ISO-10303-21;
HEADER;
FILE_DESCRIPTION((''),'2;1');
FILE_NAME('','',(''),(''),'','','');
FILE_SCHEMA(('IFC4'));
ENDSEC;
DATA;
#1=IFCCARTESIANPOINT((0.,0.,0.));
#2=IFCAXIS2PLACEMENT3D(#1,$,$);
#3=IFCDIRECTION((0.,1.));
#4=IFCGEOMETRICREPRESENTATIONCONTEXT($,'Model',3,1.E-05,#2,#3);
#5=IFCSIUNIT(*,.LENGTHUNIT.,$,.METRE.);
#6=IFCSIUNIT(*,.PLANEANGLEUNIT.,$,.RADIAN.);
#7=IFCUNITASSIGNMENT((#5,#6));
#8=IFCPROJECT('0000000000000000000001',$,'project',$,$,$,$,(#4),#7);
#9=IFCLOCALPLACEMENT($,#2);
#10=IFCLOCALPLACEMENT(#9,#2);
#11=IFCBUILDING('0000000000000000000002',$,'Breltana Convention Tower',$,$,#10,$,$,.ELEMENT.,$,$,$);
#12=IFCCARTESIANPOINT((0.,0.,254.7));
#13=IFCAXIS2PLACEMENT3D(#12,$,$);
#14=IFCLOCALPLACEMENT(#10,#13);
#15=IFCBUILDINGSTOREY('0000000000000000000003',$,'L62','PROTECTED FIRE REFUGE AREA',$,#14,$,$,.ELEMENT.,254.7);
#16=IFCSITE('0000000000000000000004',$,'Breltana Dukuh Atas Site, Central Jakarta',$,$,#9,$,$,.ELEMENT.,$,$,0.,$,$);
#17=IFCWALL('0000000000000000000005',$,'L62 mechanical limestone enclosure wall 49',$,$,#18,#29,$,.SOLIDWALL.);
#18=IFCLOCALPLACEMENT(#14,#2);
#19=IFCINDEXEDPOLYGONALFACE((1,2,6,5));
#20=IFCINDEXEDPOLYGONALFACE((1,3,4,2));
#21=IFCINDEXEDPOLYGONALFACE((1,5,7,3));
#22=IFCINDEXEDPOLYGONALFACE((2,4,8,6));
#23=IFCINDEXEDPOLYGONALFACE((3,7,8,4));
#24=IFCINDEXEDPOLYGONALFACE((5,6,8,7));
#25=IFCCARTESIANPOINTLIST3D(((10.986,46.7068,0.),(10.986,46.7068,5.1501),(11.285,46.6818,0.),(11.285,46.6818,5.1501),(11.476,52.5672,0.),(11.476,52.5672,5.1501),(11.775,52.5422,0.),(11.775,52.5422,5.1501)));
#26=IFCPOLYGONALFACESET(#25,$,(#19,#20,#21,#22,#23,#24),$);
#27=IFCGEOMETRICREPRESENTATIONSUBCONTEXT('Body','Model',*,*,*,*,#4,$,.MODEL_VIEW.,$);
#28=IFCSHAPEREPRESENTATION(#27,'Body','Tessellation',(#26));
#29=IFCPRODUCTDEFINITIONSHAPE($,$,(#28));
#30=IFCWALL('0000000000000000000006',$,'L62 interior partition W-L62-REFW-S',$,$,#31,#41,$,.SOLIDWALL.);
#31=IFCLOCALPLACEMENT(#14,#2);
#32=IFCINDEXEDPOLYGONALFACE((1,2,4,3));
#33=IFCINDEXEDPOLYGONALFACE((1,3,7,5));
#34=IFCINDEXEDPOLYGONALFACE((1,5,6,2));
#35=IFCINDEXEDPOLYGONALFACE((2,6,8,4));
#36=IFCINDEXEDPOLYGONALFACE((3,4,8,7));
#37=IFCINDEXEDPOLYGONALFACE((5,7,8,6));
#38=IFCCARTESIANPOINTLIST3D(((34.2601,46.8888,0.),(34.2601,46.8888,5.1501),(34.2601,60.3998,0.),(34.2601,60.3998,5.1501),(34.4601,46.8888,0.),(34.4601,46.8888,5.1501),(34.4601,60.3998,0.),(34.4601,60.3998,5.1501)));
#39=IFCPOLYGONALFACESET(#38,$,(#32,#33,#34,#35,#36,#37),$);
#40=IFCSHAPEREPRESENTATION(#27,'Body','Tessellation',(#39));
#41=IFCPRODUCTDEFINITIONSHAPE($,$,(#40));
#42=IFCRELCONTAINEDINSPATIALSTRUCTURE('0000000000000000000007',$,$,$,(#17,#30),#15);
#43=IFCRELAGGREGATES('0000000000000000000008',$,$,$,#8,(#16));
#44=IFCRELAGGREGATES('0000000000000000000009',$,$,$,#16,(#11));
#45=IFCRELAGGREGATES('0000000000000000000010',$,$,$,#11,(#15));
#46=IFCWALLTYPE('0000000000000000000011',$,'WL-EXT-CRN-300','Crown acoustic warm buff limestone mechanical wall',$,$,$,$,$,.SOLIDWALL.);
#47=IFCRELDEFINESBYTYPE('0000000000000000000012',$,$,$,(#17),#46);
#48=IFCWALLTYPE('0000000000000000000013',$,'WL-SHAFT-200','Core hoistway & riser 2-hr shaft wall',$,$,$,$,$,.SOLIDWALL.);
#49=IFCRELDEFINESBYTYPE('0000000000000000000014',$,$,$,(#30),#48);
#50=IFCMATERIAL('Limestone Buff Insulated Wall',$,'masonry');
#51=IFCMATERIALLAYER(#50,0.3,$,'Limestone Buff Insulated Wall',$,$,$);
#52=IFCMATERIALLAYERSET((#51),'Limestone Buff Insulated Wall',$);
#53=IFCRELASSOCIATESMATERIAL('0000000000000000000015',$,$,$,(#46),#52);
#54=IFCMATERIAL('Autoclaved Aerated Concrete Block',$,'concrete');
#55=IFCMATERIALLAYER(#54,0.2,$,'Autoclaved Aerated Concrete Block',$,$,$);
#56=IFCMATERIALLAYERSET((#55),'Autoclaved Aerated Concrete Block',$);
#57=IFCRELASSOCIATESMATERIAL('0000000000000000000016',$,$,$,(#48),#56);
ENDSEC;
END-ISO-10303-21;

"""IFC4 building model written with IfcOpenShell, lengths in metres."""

from ifc_helpers import new_model, si_unit, direction, frame, frame_2d, origin, place, context, subcontext, project, spatial, rectangle, extrude, source, transform, mapped, material, layer, layer_set, type_object, element, save


model = new_model("IFC4")

# Units and contexts
model_context = context("Model", 3, precision=1e-05, world=origin(), true_north=direction((0.0, 1.0)))
body_context = subcontext(model_context, "Body", "Model", "MODEL_VIEW")
ifc_project = project(units=[si_unit("LENGTHUNIT", "METRE"), si_unit("PLANEANGLEUNIT", "RADIAN")], contexts=[model_context])

# Site, building, storey
site_placement = place(None, origin())
site = spatial("IfcSite", under=ifc_project, at=site_placement, Name="Breltana Dukuh Atas Site, Central Jakarta", CompositionType="ELEMENT", RefElevation=0.0)
building_placement = place(site_placement, origin())
building = spatial("IfcBuilding", under=site, at=building_placement, Name="Breltana Convention Tower", CompositionType="ELEMENT")
storey_placement = place(building_placement, frame((0.0, 0.0, 254.7)))
storey = spatial("IfcBuildingStorey", under=building, at=storey_placement, Name="L62", Description="PROTECTED FIRE REFUGE AREA", CompositionType="ELEMENT", Elevation=254.7)

# Walls
ifc_material_1 = material(Name="Limestone Buff Insulated Wall", Category="masonry")
ifc_layer_1 = layer(ifc_material_1, 0.3, Name="Limestone Buff Insulated Wall")
ifc_layer_set_1 = layer_set([ifc_layer_1], Name="Limestone Buff Insulated Wall")
wall_type_1 = type_object("IfcWallType", Name="WL-EXT-CRN-300", Description="Crown acoustic warm buff limestone mechanical wall", PredefinedType="SOLIDWALL", material=ifc_layer_set_1)
shared_shape_1 = source(origin(), body_context, "Body", "SweptSolid", [
    extrude(rectangle(XDim=5.8809, YDim=0.3, at=frame_2d((2.9404, 0.0))), origin(), (0.0, 0.0, 1.0), 5.1501),
])
wall_1_placement = place(storey_placement, frame((11.1355, 46.6943, 0.0), z_axis=(0.0, 0.0, 1.0), x_axis=(0.08332, 0.996523, 0.0)))
element("IfcWall", 1, at=wall_1_placement, inside=storey, type_object=wall_type_1, Name="L62 mechanical limestone enclosure wall 49", PredefinedType="SOLIDWALL", context=body_context, shape_type="MappedRepresentation", body=[
    mapped(shared_shape_1, transform((0.0, 0.0, 0.0), scale=1.0)),
])
ifc_material_2 = material(Name="Autoclaved Aerated Concrete Block", Category="concrete")
ifc_layer_2 = layer(ifc_material_2, 0.2, Name="Autoclaved Aerated Concrete Block")
ifc_layer_set_2 = layer_set([ifc_layer_2], Name="Autoclaved Aerated Concrete Block")
wall_type_2 = type_object("IfcWallType", Name="WL-SHAFT-200", Description="Core hoistway & riser 2-hr shaft wall", PredefinedType="SOLIDWALL", material=ifc_layer_set_2)
shared_shape_2 = source(origin(), body_context, "Body", "SweptSolid", [
    extrude(rectangle(XDim=13.511, YDim=0.2, at=frame_2d((6.7554, 0.0))), origin(), (0.0, 0.0, 1.0), 5.1501),
])
wall_2_placement = place(storey_placement, frame((34.3601, 46.8889, 0.0), z_axis=(0.0, 0.0, 1.0), x_axis=(0.0, 1.0, 0.0)))
element("IfcWall", 2, at=wall_2_placement, inside=storey, type_object=wall_type_2, Name="L62 interior partition W-L62-REFW-S", PredefinedType="SOLIDWALL", context=body_context, shape_type="MappedRepresentation", body=[
    mapped(shared_shape_2, transform((0.0, 0.0, 0.0), scale=1.0)),
])

save(model, "model.ifc")
